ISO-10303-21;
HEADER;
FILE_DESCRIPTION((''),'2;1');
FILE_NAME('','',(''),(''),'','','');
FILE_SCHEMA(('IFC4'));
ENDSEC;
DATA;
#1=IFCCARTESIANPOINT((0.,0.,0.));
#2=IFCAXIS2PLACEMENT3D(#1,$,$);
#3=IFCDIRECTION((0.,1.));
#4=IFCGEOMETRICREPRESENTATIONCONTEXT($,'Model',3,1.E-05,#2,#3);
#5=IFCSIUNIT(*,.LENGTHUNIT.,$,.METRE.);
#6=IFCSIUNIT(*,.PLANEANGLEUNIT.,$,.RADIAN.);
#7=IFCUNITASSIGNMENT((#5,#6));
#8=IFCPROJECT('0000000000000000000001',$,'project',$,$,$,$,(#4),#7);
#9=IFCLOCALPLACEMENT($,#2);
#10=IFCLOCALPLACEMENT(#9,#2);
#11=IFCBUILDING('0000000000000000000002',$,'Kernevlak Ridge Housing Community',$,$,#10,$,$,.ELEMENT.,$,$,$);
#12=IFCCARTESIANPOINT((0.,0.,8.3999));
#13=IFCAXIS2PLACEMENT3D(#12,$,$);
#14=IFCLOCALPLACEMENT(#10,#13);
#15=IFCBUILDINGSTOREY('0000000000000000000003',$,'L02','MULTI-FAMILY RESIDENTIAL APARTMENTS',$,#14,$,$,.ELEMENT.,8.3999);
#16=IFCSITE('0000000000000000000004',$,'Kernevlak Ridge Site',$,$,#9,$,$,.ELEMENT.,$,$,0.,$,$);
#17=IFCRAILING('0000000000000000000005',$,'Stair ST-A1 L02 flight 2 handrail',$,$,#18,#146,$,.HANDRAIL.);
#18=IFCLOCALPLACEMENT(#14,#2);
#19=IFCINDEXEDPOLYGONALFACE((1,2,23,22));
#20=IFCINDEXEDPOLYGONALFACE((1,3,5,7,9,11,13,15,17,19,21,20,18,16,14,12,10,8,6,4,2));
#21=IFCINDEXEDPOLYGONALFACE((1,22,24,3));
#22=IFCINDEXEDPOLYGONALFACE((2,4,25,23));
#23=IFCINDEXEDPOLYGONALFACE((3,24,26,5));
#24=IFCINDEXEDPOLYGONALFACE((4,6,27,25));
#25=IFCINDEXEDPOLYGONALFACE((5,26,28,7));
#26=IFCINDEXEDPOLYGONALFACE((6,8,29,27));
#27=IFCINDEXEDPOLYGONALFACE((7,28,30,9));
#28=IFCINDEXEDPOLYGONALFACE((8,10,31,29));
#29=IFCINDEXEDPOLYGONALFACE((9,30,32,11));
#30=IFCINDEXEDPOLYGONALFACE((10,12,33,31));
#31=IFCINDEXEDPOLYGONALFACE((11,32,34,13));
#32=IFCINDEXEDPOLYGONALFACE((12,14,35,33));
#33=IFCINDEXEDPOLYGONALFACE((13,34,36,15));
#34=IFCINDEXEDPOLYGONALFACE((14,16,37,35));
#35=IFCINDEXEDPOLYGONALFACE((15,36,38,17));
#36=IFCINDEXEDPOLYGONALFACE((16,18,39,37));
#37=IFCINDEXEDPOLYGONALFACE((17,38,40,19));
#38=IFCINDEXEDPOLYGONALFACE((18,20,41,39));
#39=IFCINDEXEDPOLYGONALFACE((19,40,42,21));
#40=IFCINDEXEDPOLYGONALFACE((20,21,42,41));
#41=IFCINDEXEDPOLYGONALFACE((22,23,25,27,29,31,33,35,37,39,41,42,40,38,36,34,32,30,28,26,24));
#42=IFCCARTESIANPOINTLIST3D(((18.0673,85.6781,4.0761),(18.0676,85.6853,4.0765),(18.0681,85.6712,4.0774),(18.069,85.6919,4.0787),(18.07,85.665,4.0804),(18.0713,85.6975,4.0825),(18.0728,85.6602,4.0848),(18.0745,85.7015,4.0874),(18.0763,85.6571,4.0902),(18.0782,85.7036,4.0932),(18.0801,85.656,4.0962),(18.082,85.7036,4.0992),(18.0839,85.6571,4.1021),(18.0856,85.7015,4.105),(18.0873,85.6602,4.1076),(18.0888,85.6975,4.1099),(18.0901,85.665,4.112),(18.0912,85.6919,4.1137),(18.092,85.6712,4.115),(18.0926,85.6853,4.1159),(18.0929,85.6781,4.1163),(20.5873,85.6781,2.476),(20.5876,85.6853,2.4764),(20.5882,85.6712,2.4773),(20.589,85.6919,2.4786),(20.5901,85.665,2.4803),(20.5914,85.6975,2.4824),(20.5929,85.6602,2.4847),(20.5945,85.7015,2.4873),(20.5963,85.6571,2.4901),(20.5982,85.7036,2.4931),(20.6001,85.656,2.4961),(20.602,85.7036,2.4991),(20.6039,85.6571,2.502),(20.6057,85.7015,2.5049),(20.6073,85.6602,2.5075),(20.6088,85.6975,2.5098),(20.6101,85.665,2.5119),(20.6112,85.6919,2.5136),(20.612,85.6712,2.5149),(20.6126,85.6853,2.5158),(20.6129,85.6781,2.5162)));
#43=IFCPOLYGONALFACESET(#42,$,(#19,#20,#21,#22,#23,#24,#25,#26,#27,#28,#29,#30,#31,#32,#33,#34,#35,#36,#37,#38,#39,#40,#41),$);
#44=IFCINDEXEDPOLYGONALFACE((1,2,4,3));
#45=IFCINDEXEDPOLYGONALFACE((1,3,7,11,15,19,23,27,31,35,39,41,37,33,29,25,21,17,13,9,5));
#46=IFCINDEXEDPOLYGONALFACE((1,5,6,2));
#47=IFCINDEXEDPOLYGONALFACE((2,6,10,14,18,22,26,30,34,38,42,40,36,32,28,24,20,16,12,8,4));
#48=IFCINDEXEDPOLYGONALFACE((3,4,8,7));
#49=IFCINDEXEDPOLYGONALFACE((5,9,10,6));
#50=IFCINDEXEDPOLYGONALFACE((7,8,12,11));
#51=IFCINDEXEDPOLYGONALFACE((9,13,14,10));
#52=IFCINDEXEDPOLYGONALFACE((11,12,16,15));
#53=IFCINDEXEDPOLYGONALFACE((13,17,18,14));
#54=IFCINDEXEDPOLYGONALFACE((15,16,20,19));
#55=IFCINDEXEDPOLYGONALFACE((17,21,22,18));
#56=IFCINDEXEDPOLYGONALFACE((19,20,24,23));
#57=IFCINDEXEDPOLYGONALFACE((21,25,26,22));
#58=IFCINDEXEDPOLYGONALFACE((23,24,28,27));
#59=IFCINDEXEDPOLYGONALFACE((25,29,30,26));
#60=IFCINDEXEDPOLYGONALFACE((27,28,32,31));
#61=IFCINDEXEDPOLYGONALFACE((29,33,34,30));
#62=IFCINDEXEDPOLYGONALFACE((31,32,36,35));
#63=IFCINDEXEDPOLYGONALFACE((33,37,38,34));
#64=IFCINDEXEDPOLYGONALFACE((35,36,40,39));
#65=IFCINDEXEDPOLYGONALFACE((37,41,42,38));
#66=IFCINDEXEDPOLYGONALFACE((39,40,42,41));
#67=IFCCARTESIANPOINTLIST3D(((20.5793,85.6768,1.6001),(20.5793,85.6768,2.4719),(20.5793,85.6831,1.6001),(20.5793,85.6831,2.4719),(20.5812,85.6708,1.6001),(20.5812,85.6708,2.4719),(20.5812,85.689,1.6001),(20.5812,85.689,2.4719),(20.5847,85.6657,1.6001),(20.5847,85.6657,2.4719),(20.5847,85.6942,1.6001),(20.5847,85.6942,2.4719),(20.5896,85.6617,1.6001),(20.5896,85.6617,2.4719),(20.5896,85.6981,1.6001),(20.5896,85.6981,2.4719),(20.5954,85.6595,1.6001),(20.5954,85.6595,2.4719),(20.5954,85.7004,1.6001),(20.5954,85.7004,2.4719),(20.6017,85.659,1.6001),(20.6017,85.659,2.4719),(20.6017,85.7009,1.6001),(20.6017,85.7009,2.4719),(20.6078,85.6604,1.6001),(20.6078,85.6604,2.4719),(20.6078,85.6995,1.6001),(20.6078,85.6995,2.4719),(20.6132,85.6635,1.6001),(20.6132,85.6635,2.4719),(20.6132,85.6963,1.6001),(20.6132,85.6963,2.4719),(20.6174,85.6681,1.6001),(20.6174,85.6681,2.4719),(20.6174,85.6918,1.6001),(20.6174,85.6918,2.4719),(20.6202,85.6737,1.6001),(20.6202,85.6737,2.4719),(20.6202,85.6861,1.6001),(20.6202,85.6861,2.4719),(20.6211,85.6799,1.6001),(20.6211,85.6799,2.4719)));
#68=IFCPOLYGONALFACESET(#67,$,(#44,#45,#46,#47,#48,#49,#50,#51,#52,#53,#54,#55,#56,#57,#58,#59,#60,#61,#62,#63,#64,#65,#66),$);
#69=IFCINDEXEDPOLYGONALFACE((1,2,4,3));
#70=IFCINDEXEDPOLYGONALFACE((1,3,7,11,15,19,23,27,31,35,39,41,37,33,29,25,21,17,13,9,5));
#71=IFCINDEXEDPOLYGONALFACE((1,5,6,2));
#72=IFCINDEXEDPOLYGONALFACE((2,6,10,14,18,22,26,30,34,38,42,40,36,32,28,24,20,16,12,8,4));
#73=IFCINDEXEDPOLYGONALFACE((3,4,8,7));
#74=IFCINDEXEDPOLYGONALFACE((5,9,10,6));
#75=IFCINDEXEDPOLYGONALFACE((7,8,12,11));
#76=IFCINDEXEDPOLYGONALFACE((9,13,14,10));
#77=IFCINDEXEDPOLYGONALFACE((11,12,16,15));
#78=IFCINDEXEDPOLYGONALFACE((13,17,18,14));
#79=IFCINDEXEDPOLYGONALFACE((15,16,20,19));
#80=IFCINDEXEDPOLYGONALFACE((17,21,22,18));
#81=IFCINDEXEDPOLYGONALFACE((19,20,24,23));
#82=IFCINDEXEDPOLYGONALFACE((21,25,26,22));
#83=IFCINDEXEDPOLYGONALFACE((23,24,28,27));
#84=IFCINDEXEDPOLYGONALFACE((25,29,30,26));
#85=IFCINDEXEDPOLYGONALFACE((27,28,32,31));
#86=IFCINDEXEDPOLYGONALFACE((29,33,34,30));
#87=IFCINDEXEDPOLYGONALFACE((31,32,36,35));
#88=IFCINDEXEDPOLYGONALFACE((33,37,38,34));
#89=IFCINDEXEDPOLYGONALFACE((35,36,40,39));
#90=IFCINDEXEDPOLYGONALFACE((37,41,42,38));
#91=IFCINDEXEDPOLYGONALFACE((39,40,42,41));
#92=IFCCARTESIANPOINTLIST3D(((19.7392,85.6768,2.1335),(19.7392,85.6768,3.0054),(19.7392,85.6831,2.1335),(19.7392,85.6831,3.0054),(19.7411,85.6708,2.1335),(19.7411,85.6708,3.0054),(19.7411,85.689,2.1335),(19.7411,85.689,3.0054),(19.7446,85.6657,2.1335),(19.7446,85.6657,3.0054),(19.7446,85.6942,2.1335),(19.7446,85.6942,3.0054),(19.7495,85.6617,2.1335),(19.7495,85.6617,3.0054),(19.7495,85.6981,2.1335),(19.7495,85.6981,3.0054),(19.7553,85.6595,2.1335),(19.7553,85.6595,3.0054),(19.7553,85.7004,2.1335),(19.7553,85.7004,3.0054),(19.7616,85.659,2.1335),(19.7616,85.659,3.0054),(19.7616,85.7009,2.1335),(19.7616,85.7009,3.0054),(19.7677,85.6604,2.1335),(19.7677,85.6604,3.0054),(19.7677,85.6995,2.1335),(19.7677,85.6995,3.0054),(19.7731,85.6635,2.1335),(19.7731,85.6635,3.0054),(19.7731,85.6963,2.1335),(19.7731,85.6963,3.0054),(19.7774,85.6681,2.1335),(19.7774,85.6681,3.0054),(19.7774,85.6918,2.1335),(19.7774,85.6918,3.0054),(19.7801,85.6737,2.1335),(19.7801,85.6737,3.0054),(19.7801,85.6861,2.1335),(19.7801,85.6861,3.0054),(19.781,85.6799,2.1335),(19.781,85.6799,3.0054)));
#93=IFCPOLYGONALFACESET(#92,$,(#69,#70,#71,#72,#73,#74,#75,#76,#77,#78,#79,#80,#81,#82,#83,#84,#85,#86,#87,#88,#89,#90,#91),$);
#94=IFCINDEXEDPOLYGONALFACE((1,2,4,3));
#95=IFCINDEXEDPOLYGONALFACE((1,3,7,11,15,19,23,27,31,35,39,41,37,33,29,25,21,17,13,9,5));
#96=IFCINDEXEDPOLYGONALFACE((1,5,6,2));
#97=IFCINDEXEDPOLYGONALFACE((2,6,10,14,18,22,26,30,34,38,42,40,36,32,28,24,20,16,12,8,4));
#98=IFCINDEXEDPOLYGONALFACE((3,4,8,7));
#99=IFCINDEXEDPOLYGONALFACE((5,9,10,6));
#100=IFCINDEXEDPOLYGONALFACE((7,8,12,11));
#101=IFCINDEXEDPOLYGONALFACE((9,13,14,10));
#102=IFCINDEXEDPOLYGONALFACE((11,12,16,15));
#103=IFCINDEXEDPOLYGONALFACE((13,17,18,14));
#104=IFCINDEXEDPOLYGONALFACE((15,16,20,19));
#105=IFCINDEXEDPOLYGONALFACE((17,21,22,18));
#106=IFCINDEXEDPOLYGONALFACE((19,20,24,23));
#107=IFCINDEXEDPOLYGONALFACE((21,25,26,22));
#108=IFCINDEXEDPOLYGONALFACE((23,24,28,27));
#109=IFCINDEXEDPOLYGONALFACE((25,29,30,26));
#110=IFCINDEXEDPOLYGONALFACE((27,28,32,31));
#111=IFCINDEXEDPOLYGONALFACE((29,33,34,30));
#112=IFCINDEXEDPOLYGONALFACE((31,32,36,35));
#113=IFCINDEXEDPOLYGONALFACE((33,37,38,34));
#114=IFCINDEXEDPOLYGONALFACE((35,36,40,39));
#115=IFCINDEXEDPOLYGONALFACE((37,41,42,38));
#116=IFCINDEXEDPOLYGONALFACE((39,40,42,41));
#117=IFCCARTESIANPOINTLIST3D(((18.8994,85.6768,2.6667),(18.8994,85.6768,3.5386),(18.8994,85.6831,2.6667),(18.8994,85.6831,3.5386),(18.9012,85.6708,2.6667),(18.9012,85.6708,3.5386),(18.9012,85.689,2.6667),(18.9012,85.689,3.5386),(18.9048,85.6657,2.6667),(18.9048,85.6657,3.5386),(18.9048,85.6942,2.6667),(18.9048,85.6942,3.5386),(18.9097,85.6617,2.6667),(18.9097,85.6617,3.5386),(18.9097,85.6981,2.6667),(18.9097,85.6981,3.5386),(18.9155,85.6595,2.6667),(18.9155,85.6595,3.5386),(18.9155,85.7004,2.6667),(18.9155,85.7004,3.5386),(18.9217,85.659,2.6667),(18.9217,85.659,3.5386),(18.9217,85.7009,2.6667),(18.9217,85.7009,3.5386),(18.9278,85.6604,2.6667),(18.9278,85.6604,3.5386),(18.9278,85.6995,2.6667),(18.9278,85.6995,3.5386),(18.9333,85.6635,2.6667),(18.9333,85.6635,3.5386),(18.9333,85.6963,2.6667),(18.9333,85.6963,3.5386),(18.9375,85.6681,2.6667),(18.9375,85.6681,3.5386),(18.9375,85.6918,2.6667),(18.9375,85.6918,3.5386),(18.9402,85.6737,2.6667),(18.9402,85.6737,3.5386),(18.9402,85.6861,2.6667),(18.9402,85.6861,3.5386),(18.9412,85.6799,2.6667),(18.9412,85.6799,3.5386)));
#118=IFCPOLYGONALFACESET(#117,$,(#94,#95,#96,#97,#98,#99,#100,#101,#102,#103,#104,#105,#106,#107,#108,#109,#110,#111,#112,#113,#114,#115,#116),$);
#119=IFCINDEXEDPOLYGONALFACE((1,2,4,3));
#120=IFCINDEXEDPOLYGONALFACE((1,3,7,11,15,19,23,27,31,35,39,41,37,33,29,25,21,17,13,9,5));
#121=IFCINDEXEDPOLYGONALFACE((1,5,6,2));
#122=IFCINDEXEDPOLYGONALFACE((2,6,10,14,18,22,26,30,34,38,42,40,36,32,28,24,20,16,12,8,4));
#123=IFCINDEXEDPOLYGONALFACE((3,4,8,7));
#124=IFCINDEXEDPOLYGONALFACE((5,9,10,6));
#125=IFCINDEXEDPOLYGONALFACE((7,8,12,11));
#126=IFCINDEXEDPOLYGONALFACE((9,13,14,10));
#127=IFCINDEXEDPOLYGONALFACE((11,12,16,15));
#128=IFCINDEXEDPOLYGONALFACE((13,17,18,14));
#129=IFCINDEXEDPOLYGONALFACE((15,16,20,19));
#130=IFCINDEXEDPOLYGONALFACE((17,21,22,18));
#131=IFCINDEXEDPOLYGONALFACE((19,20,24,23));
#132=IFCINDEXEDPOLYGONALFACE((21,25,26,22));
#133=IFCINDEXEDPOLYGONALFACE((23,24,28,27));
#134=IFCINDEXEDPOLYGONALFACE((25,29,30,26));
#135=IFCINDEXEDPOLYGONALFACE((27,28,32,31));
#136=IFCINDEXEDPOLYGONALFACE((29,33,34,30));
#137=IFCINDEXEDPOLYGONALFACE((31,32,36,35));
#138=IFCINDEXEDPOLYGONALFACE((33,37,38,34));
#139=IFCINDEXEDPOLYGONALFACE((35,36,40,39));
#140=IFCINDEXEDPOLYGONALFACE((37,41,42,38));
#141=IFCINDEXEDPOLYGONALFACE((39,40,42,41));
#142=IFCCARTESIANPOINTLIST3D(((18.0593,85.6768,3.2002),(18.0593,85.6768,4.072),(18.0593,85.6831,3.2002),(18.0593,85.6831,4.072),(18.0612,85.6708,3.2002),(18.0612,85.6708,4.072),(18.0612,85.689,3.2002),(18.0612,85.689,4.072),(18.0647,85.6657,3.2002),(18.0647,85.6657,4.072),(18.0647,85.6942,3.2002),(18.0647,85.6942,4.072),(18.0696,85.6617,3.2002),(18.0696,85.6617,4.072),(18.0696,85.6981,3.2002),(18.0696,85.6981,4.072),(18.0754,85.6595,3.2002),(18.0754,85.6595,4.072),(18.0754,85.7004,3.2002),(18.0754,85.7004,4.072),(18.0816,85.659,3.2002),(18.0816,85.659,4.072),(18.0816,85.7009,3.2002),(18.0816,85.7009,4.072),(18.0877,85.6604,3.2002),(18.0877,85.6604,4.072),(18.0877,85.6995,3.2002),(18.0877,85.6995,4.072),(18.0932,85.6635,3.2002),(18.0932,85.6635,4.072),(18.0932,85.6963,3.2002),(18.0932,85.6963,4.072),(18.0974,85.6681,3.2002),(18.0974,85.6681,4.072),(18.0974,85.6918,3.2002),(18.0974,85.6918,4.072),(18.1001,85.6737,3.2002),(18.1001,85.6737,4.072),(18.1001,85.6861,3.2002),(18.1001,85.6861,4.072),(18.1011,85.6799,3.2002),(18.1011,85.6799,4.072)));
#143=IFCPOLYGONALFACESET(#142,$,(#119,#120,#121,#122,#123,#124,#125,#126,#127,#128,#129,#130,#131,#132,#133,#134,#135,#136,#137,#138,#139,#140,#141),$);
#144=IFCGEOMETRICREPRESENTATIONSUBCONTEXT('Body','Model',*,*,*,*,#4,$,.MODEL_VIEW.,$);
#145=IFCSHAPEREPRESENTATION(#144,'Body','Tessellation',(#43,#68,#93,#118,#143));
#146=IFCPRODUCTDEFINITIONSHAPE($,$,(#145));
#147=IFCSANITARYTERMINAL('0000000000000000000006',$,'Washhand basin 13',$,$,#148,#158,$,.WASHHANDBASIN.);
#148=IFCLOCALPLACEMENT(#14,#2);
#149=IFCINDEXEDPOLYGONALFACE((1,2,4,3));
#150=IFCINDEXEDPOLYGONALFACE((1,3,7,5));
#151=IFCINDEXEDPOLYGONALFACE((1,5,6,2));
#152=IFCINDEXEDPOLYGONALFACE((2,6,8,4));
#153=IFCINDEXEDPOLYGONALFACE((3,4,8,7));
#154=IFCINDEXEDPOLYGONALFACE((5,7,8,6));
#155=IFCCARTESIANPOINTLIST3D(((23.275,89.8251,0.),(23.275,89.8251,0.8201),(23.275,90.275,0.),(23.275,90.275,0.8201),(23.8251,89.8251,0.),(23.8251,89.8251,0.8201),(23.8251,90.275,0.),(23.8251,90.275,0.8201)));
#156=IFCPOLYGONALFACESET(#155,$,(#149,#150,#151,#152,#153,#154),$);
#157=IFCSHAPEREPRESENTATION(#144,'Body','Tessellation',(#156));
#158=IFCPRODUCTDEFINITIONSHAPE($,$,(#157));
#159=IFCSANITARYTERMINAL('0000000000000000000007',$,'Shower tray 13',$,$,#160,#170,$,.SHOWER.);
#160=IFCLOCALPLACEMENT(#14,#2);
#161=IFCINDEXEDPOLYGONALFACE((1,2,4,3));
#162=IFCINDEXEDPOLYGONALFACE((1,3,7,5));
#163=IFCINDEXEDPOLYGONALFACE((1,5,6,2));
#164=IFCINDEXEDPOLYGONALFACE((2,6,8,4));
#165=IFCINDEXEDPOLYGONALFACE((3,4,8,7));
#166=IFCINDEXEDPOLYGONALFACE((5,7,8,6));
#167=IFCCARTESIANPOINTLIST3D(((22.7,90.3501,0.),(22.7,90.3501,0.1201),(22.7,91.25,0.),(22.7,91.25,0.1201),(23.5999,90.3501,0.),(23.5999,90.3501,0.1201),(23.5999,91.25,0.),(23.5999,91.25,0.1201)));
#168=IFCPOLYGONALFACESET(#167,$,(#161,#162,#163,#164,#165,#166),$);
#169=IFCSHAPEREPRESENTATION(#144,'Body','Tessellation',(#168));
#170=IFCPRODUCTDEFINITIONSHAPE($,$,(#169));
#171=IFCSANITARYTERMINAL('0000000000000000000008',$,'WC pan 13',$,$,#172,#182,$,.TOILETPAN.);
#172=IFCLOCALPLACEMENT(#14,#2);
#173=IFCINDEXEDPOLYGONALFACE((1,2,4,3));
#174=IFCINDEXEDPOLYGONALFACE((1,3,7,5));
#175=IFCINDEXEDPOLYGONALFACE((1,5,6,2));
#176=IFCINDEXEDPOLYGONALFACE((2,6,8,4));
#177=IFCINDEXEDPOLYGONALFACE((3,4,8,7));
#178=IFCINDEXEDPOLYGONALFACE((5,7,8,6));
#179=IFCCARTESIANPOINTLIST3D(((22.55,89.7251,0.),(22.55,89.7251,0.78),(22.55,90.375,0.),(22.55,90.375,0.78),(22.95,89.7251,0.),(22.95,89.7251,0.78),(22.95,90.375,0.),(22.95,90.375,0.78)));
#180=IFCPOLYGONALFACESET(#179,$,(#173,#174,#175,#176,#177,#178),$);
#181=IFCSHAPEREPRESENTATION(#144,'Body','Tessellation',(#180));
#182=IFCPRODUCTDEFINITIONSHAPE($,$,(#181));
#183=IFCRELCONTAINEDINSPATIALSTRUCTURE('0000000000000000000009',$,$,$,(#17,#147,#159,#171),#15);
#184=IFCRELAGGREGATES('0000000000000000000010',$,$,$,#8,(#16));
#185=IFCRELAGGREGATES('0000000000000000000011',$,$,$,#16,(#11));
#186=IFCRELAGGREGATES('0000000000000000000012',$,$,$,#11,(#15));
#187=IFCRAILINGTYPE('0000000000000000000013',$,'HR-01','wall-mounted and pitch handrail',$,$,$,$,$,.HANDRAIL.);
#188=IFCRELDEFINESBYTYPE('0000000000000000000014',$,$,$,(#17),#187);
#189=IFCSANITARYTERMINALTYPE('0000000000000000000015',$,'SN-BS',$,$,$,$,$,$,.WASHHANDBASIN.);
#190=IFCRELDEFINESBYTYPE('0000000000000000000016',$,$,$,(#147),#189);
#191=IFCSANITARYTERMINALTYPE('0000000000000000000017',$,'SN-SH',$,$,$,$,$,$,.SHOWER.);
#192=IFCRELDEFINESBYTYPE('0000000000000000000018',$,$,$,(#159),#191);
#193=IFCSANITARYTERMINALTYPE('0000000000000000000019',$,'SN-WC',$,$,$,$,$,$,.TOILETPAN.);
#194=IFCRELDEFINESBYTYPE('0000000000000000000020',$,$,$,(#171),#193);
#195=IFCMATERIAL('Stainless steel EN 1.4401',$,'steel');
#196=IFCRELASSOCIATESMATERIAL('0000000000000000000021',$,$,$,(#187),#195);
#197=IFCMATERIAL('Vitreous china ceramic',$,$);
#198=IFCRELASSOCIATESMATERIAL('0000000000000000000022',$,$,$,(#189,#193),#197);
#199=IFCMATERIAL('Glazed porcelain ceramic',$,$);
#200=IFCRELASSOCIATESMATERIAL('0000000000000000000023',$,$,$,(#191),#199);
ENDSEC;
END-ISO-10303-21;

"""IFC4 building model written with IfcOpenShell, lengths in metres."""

from ifc_helpers import new_model, si_unit, direction, frame, origin, origin_2d, place, context, subcontext, project, spatial, rectangle, circle, extrude, material, type_object, element, save


model = new_model("IFC4")

# Units and contexts
model_context = context("Model", 3, precision=1e-05, world=origin(), true_north=direction((0.0, 1.0)))
body_context = subcontext(model_context, "Body", "Model", "MODEL_VIEW")
ifc_project = project(units=[si_unit("LENGTHUNIT", "METRE"), si_unit("PLANEANGLEUNIT", "RADIAN")], contexts=[model_context])

# Site, building, storey
site_placement = place(None, origin())
site = spatial("IfcSite", under=ifc_project, at=site_placement, Name="Kernevlak Ridge Site", CompositionType="ELEMENT", RefElevation=0.0)
building_placement = place(site_placement, origin())
building = spatial("IfcBuilding", under=site, at=building_placement, Name="Kernevlak Ridge Housing Community", CompositionType="ELEMENT")
storey_placement = place(building_placement, frame((0.0, 0.0, 8.3999)))
storey = spatial("IfcBuildingStorey", under=building, at=storey_placement, Name="L02", Description="MULTI-FAMILY RESIDENTIAL APARTMENTS", CompositionType="ELEMENT", Elevation=8.3999)

# Railing
ifc_material_1 = material(Name="Stainless steel EN 1.4401", Category="steel")
railing_type = type_object("IfcRailingType", Name="HR-01", Description="wall-mounted and pitch handrail", PredefinedType="HANDRAIL", material=ifc_material_1)
railing_placement = place(storey_placement, frame((20.6001, 85.6799, 1.6001)))
element("IfcRailing", 1, at=railing_placement, inside=storey, type_object=railing_type, Name="Stair ST-A1 L02 flight 2 handrail", PredefinedType="HANDRAIL", context=body_context, shape_type="SweptSolid", body=[
    extrude(circle(Radius=0.0239, at=origin_2d()), frame((0.0, 0.0, 0.896), z_axis=(-0.8442, 0.0, 0.536028), x_axis=(0.0, -1.0, 0.0)), (0.0, 0.0, 1.0), 2.9851),
    extrude(circle(Radius=0.021, at=origin_2d()), origin(), (0.0, 0.0, 1.0), 0.8718),
    extrude(circle(Radius=0.021, at=origin_2d()), frame((-0.8401, 0.0, 0.5334)), (0.0, 0.0, 1.0), 0.8718),
    extrude(circle(Radius=0.021, at=origin_2d()), frame((-1.6799, 0.0, 1.0667)), (0.0, 0.0, 1.0), 0.8718),
    extrude(circle(Radius=0.021, at=origin_2d()), frame((-2.52, 0.0, 1.6001)), (0.0, 0.0, 1.0), 0.8718),
])

# Sanitary terminals
ifc_material_2 = material(Name="Vitreous china ceramic")
sanitary_terminal_type_1 = type_object("IfcSanitaryTerminalType", Name="SN-BS", PredefinedType="WASHHANDBASIN", material=ifc_material_2)
sanitary_terminal_1_placement = place(storey_placement, frame((23.55, 90.05, 0.0), z_axis=(0.0, 0.0, 1.0), x_axis=(1.0, 0.0, 0.0)))
element("IfcSanitaryTerminal", 2, at=sanitary_terminal_1_placement, inside=storey, type_object=sanitary_terminal_type_1, Name="Washhand basin 13", PredefinedType="WASHHANDBASIN", context=body_context, shape_type="SweptSolid", body=[
    extrude(rectangle(XDim=0.55, YDim=0.45, at=origin_2d()), origin(), (0.0, 0.0, 1.0), 0.8201),
])
ifc_material_3 = material(Name="Glazed porcelain ceramic")
sanitary_terminal_type_2 = type_object("IfcSanitaryTerminalType", Name="SN-SH", PredefinedType="SHOWER", material=ifc_material_3)
sanitary_terminal_2_placement = place(storey_placement, frame((23.1499, 90.8, 0.0), z_axis=(0.0, 0.0, 1.0), x_axis=(1.0, 0.0, 0.0)))
element("IfcSanitaryTerminal", 3, at=sanitary_terminal_2_placement, inside=storey, type_object=sanitary_terminal_type_2, Name="Shower tray 13", PredefinedType="SHOWER", context=body_context, shape_type="SweptSolid", body=[
    extrude(rectangle(XDim=0.8999, YDim=0.8999, at=origin_2d()), origin(), (0.0, 0.0, 1.0), 0.1201),
])
sanitary_terminal_type_3 = type_object("IfcSanitaryTerminalType", Name="SN-WC", PredefinedType="TOILETPAN", material=ifc_material_2)
sanitary_terminal_3_placement = place(storey_placement, frame((22.75, 90.05, 0.0), z_axis=(0.0, 0.0, 1.0), x_axis=(1.0, 0.0, 0.0)))
element("IfcSanitaryTerminal", 4, at=sanitary_terminal_3_placement, inside=storey, type_object=sanitary_terminal_type_3, Name="WC pan 13", PredefinedType="TOILETPAN", context=body_context, shape_type="SweptSolid", body=[
    extrude(rectangle(XDim=0.3999, YDim=0.6499, at=origin_2d()), origin(), (0.0, 0.0, 1.0), 0.78),
])

save(model, "model.ifc")
